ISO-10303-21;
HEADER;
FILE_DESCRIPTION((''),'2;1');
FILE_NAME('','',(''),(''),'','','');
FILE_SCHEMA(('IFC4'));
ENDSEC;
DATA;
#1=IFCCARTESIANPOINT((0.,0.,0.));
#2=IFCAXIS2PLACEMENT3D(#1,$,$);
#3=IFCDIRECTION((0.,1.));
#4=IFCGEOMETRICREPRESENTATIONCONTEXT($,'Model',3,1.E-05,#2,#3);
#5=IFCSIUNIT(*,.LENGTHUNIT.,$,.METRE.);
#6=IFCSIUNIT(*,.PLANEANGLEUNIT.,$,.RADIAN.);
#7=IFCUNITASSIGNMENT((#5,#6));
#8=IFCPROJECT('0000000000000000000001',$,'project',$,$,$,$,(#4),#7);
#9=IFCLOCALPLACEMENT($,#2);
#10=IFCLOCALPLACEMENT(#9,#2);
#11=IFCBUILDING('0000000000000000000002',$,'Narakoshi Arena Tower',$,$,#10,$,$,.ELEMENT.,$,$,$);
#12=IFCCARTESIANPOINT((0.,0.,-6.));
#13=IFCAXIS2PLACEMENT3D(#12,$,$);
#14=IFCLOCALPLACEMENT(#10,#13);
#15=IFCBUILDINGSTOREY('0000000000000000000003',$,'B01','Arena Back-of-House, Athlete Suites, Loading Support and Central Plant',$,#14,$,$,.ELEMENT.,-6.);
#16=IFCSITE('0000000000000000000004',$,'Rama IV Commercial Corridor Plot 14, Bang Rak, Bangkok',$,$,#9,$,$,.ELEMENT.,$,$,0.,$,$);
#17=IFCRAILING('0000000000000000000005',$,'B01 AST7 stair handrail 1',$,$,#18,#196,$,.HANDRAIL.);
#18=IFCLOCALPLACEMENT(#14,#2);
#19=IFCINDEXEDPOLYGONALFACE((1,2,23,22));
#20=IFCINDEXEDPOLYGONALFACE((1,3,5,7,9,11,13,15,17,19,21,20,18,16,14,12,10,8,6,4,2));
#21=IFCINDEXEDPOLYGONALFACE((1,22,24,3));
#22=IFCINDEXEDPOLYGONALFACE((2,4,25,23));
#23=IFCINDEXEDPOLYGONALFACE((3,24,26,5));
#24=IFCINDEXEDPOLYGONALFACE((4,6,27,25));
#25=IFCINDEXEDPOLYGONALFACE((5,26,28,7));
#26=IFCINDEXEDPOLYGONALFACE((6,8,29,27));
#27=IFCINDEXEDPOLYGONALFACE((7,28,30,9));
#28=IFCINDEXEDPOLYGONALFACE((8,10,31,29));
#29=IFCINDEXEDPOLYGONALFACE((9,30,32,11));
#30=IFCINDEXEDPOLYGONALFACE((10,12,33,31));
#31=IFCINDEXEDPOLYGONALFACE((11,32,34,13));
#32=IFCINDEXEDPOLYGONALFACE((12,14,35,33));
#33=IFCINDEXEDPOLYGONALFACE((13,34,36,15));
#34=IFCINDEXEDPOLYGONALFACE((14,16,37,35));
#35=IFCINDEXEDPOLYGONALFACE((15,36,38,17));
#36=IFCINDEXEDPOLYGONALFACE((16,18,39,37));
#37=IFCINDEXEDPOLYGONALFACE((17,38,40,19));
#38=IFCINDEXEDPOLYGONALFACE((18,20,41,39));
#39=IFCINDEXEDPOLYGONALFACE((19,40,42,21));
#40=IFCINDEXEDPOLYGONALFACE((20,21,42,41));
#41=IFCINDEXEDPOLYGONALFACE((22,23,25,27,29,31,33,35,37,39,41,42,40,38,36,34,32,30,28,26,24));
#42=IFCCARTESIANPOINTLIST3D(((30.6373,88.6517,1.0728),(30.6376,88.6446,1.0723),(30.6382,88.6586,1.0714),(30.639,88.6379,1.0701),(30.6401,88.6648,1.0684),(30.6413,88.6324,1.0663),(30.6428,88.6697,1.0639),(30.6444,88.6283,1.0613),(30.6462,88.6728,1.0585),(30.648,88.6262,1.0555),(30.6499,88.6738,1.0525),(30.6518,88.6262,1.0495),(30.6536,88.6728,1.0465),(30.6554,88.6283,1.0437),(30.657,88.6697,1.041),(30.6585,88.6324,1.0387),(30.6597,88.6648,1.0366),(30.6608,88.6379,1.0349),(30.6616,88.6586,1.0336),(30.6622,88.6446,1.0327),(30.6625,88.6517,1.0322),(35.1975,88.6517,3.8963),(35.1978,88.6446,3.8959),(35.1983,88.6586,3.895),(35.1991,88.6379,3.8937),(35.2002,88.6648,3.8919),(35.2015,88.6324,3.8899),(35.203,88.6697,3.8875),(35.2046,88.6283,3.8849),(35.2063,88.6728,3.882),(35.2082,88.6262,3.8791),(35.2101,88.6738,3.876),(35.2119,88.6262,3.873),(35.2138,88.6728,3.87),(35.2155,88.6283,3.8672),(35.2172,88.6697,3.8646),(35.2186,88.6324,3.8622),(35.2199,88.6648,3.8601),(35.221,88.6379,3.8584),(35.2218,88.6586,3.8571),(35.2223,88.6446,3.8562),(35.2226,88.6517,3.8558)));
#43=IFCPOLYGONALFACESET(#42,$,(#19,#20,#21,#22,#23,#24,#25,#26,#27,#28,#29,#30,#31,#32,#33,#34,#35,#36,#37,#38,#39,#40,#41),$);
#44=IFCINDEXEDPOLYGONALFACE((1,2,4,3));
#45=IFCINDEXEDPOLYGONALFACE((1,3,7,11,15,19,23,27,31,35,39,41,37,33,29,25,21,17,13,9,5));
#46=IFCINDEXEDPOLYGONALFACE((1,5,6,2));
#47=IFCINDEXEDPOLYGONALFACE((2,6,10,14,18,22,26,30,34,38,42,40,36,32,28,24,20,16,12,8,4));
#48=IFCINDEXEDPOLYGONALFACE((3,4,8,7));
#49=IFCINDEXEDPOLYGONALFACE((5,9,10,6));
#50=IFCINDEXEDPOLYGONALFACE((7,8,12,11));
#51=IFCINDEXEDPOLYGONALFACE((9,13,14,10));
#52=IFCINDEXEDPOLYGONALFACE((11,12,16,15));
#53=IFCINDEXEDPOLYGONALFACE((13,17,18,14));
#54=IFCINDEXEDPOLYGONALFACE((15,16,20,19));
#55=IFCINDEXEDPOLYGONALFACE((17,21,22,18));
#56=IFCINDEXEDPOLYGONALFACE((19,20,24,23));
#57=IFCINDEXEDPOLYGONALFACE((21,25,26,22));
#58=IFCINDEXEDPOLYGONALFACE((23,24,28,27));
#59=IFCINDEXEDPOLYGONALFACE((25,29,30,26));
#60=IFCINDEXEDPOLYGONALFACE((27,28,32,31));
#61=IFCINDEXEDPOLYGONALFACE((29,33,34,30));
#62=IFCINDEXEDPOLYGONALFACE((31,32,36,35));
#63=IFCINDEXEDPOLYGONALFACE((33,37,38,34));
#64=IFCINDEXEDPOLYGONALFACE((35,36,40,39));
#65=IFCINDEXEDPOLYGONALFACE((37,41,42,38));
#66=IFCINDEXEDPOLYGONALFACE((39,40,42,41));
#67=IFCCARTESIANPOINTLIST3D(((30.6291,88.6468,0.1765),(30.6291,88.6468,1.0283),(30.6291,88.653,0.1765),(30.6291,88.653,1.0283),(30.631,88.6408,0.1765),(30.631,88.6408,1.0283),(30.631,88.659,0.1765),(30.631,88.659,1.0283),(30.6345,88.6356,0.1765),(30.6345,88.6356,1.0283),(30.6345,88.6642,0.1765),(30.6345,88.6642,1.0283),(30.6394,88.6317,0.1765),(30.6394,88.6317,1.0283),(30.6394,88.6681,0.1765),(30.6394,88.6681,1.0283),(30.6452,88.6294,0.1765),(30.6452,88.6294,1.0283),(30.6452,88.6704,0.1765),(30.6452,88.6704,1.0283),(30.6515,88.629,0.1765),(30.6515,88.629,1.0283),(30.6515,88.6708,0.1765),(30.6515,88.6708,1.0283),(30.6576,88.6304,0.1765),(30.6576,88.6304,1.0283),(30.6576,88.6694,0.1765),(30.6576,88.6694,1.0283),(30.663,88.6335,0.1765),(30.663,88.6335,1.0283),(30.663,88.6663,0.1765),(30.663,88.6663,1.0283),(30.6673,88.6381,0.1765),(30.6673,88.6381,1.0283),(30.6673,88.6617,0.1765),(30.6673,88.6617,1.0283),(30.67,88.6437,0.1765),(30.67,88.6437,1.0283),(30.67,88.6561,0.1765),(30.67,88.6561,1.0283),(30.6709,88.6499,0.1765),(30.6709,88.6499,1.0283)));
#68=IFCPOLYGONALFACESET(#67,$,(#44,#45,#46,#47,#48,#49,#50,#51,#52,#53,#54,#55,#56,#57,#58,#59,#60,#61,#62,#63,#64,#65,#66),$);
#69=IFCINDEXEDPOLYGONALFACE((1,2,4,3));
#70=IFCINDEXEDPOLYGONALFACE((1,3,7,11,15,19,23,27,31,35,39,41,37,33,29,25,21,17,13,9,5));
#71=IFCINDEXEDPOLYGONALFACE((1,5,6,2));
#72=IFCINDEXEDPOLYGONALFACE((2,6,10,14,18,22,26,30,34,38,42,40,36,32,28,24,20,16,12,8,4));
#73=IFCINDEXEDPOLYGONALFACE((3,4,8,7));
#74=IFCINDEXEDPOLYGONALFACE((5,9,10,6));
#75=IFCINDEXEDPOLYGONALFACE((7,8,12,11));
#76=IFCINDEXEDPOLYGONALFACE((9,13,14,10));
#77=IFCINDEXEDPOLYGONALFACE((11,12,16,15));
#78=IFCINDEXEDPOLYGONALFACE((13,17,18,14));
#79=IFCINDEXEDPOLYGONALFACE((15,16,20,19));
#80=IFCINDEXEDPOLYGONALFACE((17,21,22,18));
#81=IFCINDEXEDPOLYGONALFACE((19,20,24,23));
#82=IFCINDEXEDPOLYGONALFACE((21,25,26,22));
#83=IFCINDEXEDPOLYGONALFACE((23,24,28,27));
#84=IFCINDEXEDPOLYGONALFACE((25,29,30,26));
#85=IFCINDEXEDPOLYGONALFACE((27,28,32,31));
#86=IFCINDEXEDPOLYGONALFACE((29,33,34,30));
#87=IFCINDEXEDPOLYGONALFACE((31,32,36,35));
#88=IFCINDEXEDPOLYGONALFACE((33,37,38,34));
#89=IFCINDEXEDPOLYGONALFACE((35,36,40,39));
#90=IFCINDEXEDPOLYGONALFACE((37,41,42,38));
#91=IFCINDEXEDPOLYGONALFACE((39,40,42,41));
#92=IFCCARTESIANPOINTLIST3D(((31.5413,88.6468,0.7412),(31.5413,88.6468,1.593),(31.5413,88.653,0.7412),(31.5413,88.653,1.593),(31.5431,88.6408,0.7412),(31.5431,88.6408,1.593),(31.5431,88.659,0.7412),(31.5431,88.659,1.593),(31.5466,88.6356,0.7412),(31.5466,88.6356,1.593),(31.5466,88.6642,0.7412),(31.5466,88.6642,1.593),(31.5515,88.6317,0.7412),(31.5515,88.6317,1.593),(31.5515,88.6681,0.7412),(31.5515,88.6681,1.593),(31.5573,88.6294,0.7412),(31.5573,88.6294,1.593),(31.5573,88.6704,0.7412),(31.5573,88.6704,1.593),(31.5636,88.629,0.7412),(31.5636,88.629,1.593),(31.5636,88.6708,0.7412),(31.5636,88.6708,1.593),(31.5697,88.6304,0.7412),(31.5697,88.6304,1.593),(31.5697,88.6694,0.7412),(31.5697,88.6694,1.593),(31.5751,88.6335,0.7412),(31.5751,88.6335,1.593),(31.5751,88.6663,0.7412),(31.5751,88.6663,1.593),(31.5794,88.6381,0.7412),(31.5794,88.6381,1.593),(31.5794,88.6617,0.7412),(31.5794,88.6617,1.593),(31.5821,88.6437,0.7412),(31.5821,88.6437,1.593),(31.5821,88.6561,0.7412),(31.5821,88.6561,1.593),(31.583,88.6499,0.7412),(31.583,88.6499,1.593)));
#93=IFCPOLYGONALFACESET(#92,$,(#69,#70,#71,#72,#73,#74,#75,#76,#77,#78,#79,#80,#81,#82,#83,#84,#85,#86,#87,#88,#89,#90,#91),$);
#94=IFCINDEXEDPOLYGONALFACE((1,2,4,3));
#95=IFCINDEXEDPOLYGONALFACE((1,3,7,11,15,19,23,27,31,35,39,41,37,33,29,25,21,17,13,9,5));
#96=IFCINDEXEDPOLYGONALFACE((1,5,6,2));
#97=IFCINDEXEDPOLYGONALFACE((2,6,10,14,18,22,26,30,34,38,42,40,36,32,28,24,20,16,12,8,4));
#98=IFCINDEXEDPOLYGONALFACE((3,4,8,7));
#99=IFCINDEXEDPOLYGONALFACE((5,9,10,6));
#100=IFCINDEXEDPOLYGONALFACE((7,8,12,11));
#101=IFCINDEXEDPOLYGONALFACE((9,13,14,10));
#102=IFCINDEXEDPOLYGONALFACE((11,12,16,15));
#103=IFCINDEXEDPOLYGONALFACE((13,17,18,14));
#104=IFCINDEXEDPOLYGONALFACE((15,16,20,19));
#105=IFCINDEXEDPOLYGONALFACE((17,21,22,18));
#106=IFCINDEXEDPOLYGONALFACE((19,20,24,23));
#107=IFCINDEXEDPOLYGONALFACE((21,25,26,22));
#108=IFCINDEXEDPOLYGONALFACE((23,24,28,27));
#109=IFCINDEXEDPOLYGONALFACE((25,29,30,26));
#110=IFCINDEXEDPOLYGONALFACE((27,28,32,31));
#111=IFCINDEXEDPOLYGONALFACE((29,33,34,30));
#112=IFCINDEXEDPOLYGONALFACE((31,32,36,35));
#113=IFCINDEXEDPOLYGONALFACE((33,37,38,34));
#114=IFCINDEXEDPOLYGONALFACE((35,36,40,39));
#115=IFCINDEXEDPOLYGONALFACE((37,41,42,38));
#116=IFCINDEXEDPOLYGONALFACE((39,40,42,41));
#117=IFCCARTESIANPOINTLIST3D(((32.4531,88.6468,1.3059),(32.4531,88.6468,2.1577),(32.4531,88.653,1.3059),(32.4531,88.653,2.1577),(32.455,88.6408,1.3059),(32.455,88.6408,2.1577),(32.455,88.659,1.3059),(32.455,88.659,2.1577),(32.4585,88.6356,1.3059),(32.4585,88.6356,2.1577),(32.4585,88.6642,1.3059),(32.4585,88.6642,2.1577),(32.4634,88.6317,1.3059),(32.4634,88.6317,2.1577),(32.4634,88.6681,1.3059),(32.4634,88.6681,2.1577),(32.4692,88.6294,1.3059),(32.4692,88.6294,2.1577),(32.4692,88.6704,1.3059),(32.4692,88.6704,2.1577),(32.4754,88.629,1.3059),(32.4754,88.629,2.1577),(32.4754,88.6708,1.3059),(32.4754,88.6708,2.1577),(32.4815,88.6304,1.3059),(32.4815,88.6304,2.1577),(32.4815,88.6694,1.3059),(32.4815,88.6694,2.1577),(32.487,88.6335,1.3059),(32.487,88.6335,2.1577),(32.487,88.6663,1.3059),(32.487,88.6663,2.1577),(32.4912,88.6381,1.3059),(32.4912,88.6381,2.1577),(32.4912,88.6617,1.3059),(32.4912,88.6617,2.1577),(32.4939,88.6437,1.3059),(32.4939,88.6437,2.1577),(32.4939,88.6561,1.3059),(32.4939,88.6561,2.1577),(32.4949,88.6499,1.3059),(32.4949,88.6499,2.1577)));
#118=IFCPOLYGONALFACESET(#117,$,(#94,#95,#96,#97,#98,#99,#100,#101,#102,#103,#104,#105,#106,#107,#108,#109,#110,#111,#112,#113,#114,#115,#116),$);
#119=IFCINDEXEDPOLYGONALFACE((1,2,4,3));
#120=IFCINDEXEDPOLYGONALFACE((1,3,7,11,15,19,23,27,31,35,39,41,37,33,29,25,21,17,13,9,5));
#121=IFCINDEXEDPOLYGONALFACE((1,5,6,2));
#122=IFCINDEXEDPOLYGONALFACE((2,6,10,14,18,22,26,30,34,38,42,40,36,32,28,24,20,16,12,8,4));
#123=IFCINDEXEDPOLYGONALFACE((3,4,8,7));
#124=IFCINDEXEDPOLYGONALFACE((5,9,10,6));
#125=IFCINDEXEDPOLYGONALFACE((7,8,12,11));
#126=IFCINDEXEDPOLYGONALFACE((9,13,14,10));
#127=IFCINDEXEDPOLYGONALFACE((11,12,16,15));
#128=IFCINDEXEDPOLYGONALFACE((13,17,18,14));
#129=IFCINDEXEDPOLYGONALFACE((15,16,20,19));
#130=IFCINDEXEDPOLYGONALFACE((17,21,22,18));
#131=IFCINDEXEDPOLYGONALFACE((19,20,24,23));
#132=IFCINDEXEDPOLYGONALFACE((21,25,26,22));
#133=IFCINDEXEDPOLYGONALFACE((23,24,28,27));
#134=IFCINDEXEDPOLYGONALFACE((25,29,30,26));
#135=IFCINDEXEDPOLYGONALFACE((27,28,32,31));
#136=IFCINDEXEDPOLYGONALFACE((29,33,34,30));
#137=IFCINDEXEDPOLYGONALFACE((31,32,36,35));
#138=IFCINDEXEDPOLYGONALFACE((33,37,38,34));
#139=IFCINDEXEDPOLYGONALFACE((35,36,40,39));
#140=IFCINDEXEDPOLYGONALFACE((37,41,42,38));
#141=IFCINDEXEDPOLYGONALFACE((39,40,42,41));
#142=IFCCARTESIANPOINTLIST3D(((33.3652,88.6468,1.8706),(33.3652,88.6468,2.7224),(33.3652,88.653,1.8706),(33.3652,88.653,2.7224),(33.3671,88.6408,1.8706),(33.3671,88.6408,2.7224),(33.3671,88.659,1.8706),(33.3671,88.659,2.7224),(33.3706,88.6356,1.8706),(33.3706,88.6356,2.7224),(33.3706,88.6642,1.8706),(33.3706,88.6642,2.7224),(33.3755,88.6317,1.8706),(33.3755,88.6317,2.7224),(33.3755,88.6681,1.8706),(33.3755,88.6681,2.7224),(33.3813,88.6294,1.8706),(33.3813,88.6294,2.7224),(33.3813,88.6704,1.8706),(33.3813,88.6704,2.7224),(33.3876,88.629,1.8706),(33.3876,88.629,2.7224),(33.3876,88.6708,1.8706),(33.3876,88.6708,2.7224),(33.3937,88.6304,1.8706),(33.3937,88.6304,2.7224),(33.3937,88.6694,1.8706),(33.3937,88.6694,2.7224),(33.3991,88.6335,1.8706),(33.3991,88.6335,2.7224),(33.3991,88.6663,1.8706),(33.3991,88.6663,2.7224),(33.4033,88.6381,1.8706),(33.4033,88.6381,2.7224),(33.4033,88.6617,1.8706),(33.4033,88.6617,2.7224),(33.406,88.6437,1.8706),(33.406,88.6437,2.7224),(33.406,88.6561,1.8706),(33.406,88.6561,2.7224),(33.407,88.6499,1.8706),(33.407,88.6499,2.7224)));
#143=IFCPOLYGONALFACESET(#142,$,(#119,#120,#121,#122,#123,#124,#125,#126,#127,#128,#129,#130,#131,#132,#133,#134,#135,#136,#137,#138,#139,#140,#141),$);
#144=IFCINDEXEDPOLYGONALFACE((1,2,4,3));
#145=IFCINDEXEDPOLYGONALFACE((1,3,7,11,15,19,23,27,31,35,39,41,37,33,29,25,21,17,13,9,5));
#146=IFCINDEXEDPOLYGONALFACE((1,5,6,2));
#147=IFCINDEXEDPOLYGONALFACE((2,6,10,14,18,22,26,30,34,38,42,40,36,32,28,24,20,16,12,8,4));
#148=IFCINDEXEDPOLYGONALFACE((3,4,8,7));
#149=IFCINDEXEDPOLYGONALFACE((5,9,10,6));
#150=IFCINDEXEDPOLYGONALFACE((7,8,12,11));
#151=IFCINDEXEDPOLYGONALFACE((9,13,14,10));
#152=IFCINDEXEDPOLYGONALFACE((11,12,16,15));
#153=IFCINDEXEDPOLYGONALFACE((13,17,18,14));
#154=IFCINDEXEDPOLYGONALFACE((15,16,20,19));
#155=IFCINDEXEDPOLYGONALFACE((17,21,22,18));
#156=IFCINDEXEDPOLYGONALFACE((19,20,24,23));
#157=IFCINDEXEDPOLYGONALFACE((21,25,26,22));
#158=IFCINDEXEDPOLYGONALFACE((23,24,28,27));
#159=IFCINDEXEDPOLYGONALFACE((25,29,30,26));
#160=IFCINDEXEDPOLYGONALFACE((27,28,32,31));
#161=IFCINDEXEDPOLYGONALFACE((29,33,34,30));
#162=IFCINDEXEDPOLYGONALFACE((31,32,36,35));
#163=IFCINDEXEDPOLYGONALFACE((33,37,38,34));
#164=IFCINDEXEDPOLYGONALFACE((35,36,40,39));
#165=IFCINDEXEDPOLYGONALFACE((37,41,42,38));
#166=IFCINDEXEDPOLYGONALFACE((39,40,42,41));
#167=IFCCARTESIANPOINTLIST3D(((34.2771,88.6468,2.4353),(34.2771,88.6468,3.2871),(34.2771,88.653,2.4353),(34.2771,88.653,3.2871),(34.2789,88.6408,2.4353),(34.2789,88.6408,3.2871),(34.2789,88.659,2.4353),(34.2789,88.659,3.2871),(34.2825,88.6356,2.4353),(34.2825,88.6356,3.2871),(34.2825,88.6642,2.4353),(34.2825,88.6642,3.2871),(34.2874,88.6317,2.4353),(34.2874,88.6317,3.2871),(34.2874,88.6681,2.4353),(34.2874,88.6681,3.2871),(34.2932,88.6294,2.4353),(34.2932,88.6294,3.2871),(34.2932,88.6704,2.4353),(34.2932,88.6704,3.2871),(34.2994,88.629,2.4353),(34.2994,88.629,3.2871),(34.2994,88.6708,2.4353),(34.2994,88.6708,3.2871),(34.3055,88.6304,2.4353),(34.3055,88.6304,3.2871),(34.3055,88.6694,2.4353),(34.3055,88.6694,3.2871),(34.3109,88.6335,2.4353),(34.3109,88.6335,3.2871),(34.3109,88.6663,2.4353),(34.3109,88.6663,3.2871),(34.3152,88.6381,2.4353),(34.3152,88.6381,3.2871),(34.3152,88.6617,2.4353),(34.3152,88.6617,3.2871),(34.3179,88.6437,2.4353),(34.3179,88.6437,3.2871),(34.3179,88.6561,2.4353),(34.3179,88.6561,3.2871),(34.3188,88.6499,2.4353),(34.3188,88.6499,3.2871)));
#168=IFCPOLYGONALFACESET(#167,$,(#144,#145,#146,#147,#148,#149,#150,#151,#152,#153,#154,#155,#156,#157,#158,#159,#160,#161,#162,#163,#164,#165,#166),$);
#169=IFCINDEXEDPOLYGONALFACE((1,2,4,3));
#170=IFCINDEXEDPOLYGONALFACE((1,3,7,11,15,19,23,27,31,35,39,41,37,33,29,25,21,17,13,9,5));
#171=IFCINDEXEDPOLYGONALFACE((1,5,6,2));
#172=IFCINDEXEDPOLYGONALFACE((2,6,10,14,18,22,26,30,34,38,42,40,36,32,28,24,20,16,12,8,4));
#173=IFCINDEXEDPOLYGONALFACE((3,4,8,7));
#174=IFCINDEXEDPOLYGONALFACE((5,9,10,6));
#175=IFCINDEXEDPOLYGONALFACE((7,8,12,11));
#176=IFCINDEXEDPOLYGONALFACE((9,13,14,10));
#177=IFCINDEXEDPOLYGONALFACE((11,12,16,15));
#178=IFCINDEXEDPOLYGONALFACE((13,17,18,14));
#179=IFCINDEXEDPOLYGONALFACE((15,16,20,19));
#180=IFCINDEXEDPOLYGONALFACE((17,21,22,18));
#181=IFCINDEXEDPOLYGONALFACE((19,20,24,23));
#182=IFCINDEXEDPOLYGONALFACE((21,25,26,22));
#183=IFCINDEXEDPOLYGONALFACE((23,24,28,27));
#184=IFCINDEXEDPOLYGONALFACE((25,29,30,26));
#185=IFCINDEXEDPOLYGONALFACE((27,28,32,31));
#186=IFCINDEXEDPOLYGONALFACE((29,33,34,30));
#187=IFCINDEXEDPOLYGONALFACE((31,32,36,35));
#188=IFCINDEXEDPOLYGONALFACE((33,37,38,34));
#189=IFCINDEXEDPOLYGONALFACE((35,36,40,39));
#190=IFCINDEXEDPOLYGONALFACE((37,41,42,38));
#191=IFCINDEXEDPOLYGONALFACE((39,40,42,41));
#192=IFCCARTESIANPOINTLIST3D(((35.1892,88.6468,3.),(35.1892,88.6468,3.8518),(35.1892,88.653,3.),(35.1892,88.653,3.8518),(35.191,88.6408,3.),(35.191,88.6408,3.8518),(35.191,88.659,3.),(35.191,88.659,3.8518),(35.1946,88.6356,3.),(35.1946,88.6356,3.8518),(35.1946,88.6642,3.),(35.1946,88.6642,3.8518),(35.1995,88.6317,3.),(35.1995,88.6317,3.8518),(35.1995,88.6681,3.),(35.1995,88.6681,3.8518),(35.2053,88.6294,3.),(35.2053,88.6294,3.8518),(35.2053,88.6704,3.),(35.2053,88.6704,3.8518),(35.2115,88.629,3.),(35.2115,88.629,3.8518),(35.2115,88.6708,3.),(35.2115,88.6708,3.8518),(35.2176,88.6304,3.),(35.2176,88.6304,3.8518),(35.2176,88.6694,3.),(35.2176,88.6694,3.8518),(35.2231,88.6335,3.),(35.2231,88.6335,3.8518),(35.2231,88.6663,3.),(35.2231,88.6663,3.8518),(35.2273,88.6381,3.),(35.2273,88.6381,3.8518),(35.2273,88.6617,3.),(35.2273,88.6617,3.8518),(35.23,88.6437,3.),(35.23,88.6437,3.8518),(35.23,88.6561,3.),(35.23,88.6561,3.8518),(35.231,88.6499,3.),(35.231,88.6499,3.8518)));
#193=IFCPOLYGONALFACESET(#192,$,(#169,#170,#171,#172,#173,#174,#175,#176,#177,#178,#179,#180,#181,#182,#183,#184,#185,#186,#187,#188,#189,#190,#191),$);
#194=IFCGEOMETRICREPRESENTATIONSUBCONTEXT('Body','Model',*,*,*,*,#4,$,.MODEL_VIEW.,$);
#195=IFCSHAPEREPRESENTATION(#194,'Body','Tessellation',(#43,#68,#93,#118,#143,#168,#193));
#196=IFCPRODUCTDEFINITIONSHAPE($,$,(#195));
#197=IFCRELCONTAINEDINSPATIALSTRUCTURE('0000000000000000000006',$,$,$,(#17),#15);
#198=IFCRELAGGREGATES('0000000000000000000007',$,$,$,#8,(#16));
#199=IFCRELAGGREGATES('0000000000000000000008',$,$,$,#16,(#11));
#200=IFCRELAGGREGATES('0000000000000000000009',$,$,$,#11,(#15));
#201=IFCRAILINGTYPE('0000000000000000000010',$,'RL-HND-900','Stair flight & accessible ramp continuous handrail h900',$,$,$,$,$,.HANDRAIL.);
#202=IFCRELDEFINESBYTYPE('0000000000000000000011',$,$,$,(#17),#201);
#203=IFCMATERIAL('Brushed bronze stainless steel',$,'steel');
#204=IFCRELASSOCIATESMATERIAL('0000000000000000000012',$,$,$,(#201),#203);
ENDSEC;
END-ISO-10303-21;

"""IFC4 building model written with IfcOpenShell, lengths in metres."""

from ifc_helpers import new_model, si_unit, direction, frame, origin, origin_2d, place, context, subcontext, project, spatial, circle, extrude, material, type_object, element, save


model = new_model("IFC4")

# Units and contexts
model_context = context("Model", 3, precision=1e-05, world=origin(), true_north=direction((0.0, 1.0)))
body_context = subcontext(model_context, "Body", "Model", "MODEL_VIEW")
ifc_project = project(units=[si_unit("LENGTHUNIT", "METRE"), si_unit("PLANEANGLEUNIT", "RADIAN")], contexts=[model_context])

# Site, building, storey
site_placement = place(None, origin())
site = spatial("IfcSite", under=ifc_project, at=site_placement, Name="Rama IV Commercial Corridor Plot 14, Bang Rak, Bangkok", CompositionType="ELEMENT", RefElevation=0.0)
building_placement = place(site_placement, origin())
building = spatial("IfcBuilding", under=site, at=building_placement, Name="Narakoshi Arena Tower", CompositionType="ELEMENT")
storey_placement = place(building_placement, frame((0.0, 0.0, -6.0)))
storey = spatial("IfcBuildingStorey", under=building, at=storey_placement, Name="B01", Description="Arena Back-of-House, Athlete Suites, Loading Support and Central Plant", CompositionType="ELEMENT", Elevation=-6.0)

# Railing
ifc_material_1 = material(Name="Brushed bronze stainless steel", Category="steel")
railing_type_1 = type_object("IfcRailingType", Name="RL-HND-900", Description="Stair flight & accessible ramp continuous handrail h900", PredefinedType="HANDRAIL", material=ifc_material_1)
railing_1_placement = place(storey_placement, frame((30.6499, 88.6499, 0.1765)))
element("IfcRailing", 1, at=railing_1_placement, inside=storey, type_object=railing_type_1, Name="B01 AST7 stair handrail 1", PredefinedType="HANDRAIL", context=body_context, shape_type="SweptSolid", body=[
    extrude(circle(Radius=0.0239, at=origin_2d()), frame((0.0, 0.0, 0.876), z_axis=(0.850216, 0.0, 0.526435), x_axis=(0.0, 1.0, 0.0)), (0.0, 0.0, 1.0), 5.3635),
    extrude(circle(Radius=0.021, at=origin_2d()), origin(), (0.0, 0.0, 1.0), 0.8518),
    extrude(circle(Radius=0.021, at=origin_2d()), frame((0.9121, 0.0, 0.5647)), (0.0, 0.0, 1.0), 0.8518),
    extrude(circle(Radius=0.021, at=origin_2d()), frame((1.824, 0.0, 1.1294)), (0.0, 0.0, 1.0), 0.8518),
    extrude(circle(Radius=0.021, at=origin_2d()), frame((2.7361, 0.0, 1.6941)), (0.0, 0.0, 1.0), 0.8518),
    extrude(circle(Radius=0.021, at=origin_2d()), frame((3.6479, 0.0, 2.2588)), (0.0, 0.0, 1.0), 0.8518),
    extrude(circle(Radius=0.021, at=origin_2d()), frame((4.5601, 0.0, 2.8235)), (0.0, 0.0, 1.0), 0.8518),
])

save(model, "model.ifc")
